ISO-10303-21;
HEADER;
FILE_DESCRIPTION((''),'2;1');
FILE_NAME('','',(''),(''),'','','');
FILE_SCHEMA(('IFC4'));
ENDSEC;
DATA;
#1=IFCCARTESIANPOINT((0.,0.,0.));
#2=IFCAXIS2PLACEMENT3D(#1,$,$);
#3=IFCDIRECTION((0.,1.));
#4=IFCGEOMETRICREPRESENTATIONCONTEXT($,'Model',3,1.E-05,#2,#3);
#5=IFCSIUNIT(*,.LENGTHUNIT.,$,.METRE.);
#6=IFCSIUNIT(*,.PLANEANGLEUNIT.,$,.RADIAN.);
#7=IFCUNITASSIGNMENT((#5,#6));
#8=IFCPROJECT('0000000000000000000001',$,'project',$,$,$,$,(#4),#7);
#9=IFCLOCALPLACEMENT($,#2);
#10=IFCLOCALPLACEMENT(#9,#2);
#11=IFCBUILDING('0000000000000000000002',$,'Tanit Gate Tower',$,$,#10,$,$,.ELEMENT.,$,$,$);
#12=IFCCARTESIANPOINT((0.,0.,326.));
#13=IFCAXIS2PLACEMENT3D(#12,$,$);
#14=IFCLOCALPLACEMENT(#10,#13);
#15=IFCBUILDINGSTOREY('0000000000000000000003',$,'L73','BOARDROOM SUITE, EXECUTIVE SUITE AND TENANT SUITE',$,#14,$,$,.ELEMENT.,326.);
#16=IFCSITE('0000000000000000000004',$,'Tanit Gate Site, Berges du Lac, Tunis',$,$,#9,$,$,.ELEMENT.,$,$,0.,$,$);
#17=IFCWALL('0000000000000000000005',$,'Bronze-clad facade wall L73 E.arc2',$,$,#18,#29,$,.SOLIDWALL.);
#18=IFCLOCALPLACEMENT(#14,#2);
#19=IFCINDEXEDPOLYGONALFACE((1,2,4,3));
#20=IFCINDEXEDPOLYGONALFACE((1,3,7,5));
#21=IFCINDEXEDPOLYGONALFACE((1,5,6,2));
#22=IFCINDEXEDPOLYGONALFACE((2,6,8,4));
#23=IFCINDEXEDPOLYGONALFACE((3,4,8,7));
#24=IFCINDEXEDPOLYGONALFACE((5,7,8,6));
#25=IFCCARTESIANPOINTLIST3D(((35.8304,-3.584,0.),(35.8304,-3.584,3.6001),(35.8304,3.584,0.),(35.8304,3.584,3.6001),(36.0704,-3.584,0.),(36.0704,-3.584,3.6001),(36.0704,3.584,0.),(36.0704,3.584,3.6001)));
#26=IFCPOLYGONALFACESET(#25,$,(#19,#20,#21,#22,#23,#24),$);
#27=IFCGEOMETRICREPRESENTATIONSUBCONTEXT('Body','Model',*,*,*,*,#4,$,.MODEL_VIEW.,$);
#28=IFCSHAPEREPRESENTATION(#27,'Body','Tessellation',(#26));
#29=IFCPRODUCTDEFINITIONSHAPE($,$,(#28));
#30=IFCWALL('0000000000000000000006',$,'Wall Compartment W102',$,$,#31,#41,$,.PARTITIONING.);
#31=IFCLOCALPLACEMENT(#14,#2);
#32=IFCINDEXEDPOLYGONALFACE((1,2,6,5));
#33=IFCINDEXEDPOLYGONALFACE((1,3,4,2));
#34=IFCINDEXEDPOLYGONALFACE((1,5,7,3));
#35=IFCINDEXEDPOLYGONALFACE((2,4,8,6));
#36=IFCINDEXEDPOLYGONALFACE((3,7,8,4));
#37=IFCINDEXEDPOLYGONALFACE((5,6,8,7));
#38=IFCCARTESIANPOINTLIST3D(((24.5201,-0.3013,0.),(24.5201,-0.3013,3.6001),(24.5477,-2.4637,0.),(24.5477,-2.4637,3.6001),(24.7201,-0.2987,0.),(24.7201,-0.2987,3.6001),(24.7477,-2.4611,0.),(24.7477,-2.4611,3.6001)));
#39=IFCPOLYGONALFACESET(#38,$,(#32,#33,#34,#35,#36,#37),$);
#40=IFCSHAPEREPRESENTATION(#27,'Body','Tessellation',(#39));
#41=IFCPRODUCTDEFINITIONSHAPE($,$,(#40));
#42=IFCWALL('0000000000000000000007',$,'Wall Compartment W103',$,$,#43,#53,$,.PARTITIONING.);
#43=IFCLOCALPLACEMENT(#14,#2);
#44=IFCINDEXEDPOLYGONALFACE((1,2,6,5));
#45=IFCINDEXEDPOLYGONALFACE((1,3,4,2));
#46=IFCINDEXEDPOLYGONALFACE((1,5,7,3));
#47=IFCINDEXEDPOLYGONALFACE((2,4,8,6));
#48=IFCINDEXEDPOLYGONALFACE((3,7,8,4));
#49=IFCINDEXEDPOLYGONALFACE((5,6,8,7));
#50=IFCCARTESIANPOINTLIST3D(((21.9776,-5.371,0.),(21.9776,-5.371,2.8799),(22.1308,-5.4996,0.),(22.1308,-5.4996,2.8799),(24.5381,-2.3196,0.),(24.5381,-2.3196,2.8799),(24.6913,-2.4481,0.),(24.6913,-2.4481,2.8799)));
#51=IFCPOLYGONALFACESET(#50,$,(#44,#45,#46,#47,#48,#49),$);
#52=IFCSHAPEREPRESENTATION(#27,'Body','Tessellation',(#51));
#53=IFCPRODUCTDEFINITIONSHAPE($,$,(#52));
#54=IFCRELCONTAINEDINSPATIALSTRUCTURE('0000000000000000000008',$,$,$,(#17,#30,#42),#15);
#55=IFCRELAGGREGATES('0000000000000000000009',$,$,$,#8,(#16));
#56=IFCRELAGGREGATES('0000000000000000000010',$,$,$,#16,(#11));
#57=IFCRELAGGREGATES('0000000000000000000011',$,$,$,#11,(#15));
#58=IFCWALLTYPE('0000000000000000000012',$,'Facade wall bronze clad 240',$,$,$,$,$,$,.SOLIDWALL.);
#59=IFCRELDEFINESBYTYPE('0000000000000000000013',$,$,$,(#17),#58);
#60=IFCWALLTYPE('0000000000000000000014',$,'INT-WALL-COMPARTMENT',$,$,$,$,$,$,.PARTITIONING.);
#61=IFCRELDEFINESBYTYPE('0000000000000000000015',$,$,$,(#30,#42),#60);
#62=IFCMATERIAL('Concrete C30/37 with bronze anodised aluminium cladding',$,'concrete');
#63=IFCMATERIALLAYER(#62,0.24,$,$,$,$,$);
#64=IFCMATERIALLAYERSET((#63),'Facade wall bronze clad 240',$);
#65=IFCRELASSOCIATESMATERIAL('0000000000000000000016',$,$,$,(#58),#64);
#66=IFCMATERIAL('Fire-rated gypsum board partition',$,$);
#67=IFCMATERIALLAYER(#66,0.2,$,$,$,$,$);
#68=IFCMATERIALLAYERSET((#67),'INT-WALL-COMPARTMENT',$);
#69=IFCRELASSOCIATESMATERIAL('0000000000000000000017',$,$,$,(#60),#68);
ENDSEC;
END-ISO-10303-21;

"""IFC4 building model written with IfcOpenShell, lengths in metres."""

from ifc_helpers import new_model, si_unit, direction, frame, frame_2d, origin, place, context, subcontext, project, spatial, rectangle, extrude, material, layer, layer_set, type_object, element, save


model = new_model("IFC4")

# Units and contexts
model_context = context("Model", 3, precision=1e-05, world=origin(), true_north=direction((0.0, 1.0)))
body_context = subcontext(model_context, "Body", "Model", "MODEL_VIEW")
ifc_project = project(units=[si_unit("LENGTHUNIT", "METRE"), si_unit("PLANEANGLEUNIT", "RADIAN")], contexts=[model_context])

# Site, building, storey
site_placement = place(None, origin())
site = spatial("IfcSite", under=ifc_project, at=site_placement, Name="Tanit Gate Site, Berges du Lac, Tunis", CompositionType="ELEMENT", RefElevation=0.0)
building_placement = place(site_placement, origin())
building = spatial("IfcBuilding", under=site, at=building_placement, Name="Tanit Gate Tower", CompositionType="ELEMENT")
storey_placement = place(building_placement, frame((0.0, 0.0, 326.0)))
storey = spatial("IfcBuildingStorey", under=building, at=storey_placement, Name="L73", Description="BOARDROOM SUITE, EXECUTIVE SUITE AND TENANT SUITE", CompositionType="ELEMENT", Elevation=326.0)

# Walls
ifc_material_1 = material(Name="Concrete C30/37 with bronze anodised aluminium cladding", Category="concrete")
ifc_layer_1 = layer(ifc_material_1, 0.24)
ifc_layer_set_1 = layer_set([ifc_layer_1], Name="Facade wall bronze clad 240")
wall_type_1 = type_object("IfcWallType", Name="Facade wall bronze clad 240", PredefinedType="SOLIDWALL", material=ifc_layer_set_1)
wall_1_placement = place(storey_placement, frame((35.9504, -3.584, 0.0), z_axis=(0.0, 0.0, 1.0), x_axis=(0.0, 1.0, 0.0)))
element("IfcWall", 1, at=wall_1_placement, inside=storey, type_object=wall_type_1, Name="Bronze-clad facade wall L73 E.arc2", PredefinedType="SOLIDWALL", context=body_context, shape_type="SweptSolid", body=[
    extrude(rectangle(XDim=7.168, YDim=0.24, at=frame_2d((3.584, 0.0))), origin(), (0.0, 0.0, 1.0), 3.6001),
])
ifc_material_2 = material(Name="Fire-rated gypsum board partition")
ifc_layer_2 = layer(ifc_material_2, 0.2)
ifc_layer_set_2 = layer_set([ifc_layer_2], Name="INT-WALL-COMPARTMENT")
wall_type_2 = type_object("IfcWallType", Name="INT-WALL-COMPARTMENT", PredefinedType="PARTITIONING", material=ifc_layer_set_2)
wall_2_placement = place(storey_placement, frame((24.6477, -2.4624, 0.0), z_axis=(0.0, 0.0, 1.0), x_axis=(-0.012757, 0.999919, 0.0)))
element("IfcWall", 2, at=wall_2_placement, inside=storey, type_object=wall_type_2, Name="Wall Compartment W102", PredefinedType="PARTITIONING", context=body_context, shape_type="SweptSolid", body=[
    extrude(rectangle(XDim=2.1626, YDim=0.2, at=frame_2d((1.0813, 0.0))), origin(), (0.0, 0.0, 1.0), 3.6001),
])
wall_3_placement = place(storey_placement, frame((22.0542, -5.4353, 0.0), z_axis=(0.0, 0.0, 1.0), x_axis=(0.642791, 0.766042, 0.0)))
element("IfcWall", 3, at=wall_3_placement, inside=storey, type_object=wall_type_2, Name="Wall Compartment W103", PredefinedType="PARTITIONING", context=body_context, shape_type="SweptSolid", body=[
    extrude(rectangle(XDim=3.9834, YDim=0.2, at=frame_2d((1.9917, 0.0))), origin(), (0.0, 0.0, 1.0), 2.8799),
])

save(model, "model.ifc")
